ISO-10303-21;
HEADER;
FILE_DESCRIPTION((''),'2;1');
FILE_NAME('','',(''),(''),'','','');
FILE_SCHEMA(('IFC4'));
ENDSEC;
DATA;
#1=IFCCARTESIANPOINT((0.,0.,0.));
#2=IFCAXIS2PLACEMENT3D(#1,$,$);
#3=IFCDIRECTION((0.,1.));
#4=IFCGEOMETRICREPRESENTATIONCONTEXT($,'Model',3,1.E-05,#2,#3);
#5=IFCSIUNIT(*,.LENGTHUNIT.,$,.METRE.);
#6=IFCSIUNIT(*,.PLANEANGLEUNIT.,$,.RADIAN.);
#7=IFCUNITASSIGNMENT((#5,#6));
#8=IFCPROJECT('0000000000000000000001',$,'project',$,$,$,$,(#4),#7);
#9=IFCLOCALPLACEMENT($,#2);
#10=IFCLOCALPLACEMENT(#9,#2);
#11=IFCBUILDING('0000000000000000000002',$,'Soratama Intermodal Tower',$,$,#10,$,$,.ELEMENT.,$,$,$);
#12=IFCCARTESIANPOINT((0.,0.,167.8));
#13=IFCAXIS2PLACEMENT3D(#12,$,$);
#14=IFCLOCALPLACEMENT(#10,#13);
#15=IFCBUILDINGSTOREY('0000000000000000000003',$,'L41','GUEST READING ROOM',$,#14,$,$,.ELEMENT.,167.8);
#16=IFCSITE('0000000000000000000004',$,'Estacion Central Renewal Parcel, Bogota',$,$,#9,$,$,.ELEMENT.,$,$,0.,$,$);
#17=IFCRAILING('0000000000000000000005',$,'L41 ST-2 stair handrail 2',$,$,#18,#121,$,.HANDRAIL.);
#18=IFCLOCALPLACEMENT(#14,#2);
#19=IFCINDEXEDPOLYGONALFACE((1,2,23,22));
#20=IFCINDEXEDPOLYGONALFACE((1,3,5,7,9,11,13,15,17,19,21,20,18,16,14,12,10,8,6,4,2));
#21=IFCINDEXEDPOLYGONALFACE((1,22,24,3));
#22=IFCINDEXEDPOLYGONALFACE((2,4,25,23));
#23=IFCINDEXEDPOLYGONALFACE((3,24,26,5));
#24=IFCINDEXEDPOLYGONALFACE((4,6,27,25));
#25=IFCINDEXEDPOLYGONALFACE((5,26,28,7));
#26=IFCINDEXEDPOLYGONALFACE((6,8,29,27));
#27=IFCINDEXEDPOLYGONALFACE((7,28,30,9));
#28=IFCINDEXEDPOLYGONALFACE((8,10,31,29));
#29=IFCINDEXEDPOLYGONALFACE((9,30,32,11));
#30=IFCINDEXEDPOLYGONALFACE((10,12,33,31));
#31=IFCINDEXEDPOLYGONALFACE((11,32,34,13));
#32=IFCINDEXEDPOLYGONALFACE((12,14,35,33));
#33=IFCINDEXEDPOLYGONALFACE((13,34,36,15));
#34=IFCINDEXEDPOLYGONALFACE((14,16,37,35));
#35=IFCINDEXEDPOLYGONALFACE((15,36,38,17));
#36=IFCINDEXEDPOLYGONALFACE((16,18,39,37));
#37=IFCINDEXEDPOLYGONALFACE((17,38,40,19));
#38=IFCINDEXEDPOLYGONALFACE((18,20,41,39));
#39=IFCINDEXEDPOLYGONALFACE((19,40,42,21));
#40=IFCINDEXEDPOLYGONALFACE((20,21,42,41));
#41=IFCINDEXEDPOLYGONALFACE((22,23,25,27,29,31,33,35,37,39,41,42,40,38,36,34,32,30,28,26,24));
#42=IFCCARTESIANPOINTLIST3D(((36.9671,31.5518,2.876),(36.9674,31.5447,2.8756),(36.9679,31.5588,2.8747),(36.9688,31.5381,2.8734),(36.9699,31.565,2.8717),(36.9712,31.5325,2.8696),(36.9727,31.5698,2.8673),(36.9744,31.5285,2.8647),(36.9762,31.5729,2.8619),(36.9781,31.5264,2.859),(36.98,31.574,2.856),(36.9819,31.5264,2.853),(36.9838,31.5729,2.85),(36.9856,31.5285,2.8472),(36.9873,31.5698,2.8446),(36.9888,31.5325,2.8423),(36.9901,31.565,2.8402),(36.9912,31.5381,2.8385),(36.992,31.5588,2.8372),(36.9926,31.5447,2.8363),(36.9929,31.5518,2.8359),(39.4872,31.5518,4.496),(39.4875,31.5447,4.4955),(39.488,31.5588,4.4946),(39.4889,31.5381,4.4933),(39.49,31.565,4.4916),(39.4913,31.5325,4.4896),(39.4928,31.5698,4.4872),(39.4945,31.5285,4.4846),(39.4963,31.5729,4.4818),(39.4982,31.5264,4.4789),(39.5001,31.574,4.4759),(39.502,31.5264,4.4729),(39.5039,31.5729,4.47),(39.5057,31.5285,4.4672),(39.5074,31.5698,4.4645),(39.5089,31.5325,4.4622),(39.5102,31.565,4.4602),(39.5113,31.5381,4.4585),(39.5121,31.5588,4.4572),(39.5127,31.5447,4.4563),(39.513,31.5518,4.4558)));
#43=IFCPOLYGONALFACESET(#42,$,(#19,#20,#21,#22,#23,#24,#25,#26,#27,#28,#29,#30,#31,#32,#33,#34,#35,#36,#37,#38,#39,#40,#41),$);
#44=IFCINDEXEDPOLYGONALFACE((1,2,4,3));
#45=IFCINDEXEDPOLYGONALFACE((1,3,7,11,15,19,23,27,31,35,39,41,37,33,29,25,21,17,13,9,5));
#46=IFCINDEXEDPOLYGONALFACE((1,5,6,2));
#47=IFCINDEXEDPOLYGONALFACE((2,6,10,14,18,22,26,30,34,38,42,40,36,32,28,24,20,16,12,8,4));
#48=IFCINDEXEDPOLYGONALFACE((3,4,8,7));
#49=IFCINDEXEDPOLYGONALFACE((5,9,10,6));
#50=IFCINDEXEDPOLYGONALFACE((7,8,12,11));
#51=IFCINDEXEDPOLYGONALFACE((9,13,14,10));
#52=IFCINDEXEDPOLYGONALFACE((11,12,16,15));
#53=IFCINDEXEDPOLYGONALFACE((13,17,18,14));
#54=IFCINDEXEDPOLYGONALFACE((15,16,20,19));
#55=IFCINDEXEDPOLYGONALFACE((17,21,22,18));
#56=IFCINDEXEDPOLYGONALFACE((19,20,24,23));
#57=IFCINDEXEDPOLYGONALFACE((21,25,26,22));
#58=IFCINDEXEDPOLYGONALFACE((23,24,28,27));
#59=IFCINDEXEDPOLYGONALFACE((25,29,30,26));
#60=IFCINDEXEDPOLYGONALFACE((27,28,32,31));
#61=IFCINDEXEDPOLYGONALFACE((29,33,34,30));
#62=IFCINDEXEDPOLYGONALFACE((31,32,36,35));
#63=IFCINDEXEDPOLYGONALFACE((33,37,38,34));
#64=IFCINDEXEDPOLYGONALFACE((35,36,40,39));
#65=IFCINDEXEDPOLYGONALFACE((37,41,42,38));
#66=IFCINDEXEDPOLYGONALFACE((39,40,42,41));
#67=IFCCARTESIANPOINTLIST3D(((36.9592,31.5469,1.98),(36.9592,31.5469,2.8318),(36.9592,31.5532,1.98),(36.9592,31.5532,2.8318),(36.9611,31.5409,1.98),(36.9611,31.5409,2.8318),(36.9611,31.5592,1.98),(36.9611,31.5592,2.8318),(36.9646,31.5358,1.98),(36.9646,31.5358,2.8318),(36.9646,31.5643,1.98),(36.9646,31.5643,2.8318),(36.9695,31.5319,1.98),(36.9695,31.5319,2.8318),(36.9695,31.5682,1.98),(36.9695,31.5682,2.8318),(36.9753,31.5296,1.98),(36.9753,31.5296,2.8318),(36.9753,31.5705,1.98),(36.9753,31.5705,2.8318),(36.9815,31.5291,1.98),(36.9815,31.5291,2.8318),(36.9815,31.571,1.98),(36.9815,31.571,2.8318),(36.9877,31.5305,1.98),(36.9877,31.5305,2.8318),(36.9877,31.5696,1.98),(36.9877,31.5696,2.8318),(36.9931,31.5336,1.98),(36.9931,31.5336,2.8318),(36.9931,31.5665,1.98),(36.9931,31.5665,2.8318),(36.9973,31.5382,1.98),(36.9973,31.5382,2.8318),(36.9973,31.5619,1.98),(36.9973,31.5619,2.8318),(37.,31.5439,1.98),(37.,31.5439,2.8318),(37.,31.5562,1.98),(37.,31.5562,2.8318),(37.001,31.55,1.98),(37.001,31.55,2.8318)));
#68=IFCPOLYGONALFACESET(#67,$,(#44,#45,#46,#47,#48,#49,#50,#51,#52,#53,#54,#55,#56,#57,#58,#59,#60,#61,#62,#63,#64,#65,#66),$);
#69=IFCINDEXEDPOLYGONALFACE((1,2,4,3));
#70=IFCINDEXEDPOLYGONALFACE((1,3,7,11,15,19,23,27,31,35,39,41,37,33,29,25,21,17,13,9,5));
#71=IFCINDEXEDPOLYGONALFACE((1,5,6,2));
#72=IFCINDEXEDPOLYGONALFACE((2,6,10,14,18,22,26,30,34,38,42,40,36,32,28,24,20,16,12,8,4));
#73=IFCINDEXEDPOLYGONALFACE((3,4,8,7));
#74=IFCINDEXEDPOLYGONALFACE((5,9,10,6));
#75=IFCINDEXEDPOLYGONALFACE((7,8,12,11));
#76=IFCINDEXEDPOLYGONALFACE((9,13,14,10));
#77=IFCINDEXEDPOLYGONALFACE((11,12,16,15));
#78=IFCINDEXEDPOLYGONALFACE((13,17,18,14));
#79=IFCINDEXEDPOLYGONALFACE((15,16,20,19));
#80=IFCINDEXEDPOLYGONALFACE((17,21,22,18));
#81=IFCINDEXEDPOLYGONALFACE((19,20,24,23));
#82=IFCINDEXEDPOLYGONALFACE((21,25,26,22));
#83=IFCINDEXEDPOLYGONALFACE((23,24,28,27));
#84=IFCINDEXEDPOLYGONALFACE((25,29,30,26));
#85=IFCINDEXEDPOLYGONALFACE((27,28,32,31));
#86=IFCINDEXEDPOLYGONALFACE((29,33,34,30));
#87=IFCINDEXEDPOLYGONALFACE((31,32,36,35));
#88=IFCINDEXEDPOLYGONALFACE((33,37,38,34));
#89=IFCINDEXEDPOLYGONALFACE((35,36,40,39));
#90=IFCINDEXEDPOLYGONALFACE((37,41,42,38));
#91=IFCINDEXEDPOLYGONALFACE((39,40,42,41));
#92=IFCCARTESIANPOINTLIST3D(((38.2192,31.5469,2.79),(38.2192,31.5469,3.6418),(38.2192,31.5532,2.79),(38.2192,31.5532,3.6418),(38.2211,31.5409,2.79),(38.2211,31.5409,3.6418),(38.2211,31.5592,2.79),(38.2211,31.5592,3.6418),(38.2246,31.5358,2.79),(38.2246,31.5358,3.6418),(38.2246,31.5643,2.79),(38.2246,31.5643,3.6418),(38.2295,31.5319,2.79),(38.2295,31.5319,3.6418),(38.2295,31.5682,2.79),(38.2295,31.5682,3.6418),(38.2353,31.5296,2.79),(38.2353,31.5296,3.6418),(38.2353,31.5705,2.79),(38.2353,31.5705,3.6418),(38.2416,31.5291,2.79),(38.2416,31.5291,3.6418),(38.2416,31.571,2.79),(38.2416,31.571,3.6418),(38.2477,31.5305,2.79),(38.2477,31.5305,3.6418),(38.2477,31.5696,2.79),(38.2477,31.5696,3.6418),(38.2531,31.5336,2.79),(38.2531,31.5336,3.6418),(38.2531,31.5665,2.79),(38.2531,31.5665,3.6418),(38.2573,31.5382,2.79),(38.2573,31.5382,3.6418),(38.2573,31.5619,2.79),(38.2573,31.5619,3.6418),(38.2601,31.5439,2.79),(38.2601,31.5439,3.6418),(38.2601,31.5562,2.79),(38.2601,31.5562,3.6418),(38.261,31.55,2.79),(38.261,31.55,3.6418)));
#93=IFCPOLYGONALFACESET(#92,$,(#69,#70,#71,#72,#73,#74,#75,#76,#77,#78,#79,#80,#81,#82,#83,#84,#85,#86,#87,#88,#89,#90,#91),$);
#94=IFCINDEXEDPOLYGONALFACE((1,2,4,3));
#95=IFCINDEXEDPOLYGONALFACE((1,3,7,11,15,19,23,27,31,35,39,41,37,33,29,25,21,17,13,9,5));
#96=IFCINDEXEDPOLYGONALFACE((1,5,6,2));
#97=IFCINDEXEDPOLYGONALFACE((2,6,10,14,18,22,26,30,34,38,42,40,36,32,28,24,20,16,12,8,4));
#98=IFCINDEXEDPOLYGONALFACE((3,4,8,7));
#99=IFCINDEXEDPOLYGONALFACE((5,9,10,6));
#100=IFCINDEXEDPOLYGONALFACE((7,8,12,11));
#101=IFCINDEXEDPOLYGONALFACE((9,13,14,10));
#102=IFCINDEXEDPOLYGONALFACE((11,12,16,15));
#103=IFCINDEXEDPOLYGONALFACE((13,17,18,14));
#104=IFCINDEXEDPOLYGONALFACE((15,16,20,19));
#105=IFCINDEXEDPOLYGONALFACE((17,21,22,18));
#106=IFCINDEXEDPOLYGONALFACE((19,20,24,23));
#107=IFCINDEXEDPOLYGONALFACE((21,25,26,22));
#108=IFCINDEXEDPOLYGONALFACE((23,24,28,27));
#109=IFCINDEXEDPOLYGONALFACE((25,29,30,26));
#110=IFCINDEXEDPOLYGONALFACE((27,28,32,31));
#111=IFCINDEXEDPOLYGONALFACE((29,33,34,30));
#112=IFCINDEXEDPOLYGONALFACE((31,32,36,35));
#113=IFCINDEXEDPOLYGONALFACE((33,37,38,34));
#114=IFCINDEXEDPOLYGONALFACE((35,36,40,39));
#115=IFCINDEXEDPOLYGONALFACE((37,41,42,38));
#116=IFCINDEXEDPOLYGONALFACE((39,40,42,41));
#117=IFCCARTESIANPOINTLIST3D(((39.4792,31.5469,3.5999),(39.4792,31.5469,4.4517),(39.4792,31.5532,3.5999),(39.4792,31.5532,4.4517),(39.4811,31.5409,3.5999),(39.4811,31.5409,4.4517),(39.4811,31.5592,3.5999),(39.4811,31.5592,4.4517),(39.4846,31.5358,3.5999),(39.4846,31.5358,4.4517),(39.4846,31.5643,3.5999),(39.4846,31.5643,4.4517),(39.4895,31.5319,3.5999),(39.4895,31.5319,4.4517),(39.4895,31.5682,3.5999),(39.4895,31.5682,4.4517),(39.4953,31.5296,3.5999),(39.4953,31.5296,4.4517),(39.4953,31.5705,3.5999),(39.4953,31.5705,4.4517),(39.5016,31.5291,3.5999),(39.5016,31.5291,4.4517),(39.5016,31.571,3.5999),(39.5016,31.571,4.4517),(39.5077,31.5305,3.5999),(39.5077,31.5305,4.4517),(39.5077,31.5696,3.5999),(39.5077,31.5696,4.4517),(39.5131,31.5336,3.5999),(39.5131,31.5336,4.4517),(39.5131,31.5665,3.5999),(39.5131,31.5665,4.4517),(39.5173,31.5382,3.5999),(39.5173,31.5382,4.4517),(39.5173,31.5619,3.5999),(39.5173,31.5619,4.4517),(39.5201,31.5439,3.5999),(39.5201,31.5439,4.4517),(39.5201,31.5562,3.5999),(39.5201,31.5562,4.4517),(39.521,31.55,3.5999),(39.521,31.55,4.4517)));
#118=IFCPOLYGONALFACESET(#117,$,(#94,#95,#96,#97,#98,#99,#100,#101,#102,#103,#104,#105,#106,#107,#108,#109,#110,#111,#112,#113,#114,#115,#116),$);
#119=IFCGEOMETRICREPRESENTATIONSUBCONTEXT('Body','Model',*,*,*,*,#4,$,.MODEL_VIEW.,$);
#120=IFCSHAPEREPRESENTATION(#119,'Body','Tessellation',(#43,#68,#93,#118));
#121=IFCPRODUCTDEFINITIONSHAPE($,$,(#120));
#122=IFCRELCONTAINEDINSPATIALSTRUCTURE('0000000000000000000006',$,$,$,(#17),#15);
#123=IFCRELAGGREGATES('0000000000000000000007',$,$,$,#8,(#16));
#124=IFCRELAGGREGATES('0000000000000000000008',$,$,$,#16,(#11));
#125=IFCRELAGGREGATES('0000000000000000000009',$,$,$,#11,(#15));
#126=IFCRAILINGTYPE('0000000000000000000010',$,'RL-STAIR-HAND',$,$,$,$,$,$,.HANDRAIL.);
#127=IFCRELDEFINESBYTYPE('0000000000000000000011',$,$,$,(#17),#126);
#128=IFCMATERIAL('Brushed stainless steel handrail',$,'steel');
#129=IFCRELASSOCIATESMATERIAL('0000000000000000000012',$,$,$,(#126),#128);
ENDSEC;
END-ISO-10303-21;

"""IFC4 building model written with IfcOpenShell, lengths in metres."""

from ifc_helpers import new_model, si_unit, direction, frame, origin, origin_2d, place, context, subcontext, project, spatial, circle, extrude, material, type_object, element, save


model = new_model("IFC4")

# Units and contexts
model_context = context("Model", 3, precision=1e-05, world=origin(), true_north=direction((0.0, 1.0)))
body_context = subcontext(model_context, "Body", "Model", "MODEL_VIEW")
ifc_project = project(units=[si_unit("LENGTHUNIT", "METRE"), si_unit("PLANEANGLEUNIT", "RADIAN")], contexts=[model_context])

# Site, building, storey
site_placement = place(None, origin())
site = spatial("IfcSite", under=ifc_project, at=site_placement, Name="Estacion Central Renewal Parcel, Bogota", CompositionType="ELEMENT", RefElevation=0.0)
building_placement = place(site_placement, origin())
building = spatial("IfcBuilding", under=site, at=building_placement, Name="Soratama Intermodal Tower", CompositionType="ELEMENT")
storey_placement = place(building_placement, frame((0.0, 0.0, 167.8)))
storey = spatial("IfcBuildingStorey", under=building, at=storey_placement, Name="L41", Description="GUEST READING ROOM", CompositionType="ELEMENT", Elevation=167.8)

# Railing
ifc_material_1 = material(Name="Brushed stainless steel handrail", Category="steel")
railing_type_1 = type_object("IfcRailingType", Name="RL-STAIR-HAND", PredefinedType="HANDRAIL", material=ifc_material_1)
railing_1_placement = place(storey_placement, frame((36.98, 31.55, 1.98)))
element("IfcRailing", 1, at=railing_1_placement, inside=storey, type_object=railing_type_1, Name="L41 ST-2 stair handrail 2", PredefinedType="HANDRAIL", context=body_context, shape_type="SweptSolid", body=[
    extrude(circle(Radius=0.0239, at=origin_2d()), frame((0.0, 0.0, 0.876), z_axis=(0.8412, 0.0, 0.540725), x_axis=(0.0, 1.0, 0.0)), (0.0, 0.0, 1.0), 2.9958),
    extrude(circle(Radius=0.021, at=origin_2d()), origin(), (0.0, 0.0, 1.0), 0.8518),
    extrude(circle(Radius=0.021, at=origin_2d()), frame((1.26, 0.0, 0.8101)), (0.0, 0.0, 1.0), 0.8518),
    extrude(circle(Radius=0.021, at=origin_2d()), frame((2.52, 0.0, 1.6199)), (0.0, 0.0, 1.0), 0.8518),
])

save(model, "model.ifc")
